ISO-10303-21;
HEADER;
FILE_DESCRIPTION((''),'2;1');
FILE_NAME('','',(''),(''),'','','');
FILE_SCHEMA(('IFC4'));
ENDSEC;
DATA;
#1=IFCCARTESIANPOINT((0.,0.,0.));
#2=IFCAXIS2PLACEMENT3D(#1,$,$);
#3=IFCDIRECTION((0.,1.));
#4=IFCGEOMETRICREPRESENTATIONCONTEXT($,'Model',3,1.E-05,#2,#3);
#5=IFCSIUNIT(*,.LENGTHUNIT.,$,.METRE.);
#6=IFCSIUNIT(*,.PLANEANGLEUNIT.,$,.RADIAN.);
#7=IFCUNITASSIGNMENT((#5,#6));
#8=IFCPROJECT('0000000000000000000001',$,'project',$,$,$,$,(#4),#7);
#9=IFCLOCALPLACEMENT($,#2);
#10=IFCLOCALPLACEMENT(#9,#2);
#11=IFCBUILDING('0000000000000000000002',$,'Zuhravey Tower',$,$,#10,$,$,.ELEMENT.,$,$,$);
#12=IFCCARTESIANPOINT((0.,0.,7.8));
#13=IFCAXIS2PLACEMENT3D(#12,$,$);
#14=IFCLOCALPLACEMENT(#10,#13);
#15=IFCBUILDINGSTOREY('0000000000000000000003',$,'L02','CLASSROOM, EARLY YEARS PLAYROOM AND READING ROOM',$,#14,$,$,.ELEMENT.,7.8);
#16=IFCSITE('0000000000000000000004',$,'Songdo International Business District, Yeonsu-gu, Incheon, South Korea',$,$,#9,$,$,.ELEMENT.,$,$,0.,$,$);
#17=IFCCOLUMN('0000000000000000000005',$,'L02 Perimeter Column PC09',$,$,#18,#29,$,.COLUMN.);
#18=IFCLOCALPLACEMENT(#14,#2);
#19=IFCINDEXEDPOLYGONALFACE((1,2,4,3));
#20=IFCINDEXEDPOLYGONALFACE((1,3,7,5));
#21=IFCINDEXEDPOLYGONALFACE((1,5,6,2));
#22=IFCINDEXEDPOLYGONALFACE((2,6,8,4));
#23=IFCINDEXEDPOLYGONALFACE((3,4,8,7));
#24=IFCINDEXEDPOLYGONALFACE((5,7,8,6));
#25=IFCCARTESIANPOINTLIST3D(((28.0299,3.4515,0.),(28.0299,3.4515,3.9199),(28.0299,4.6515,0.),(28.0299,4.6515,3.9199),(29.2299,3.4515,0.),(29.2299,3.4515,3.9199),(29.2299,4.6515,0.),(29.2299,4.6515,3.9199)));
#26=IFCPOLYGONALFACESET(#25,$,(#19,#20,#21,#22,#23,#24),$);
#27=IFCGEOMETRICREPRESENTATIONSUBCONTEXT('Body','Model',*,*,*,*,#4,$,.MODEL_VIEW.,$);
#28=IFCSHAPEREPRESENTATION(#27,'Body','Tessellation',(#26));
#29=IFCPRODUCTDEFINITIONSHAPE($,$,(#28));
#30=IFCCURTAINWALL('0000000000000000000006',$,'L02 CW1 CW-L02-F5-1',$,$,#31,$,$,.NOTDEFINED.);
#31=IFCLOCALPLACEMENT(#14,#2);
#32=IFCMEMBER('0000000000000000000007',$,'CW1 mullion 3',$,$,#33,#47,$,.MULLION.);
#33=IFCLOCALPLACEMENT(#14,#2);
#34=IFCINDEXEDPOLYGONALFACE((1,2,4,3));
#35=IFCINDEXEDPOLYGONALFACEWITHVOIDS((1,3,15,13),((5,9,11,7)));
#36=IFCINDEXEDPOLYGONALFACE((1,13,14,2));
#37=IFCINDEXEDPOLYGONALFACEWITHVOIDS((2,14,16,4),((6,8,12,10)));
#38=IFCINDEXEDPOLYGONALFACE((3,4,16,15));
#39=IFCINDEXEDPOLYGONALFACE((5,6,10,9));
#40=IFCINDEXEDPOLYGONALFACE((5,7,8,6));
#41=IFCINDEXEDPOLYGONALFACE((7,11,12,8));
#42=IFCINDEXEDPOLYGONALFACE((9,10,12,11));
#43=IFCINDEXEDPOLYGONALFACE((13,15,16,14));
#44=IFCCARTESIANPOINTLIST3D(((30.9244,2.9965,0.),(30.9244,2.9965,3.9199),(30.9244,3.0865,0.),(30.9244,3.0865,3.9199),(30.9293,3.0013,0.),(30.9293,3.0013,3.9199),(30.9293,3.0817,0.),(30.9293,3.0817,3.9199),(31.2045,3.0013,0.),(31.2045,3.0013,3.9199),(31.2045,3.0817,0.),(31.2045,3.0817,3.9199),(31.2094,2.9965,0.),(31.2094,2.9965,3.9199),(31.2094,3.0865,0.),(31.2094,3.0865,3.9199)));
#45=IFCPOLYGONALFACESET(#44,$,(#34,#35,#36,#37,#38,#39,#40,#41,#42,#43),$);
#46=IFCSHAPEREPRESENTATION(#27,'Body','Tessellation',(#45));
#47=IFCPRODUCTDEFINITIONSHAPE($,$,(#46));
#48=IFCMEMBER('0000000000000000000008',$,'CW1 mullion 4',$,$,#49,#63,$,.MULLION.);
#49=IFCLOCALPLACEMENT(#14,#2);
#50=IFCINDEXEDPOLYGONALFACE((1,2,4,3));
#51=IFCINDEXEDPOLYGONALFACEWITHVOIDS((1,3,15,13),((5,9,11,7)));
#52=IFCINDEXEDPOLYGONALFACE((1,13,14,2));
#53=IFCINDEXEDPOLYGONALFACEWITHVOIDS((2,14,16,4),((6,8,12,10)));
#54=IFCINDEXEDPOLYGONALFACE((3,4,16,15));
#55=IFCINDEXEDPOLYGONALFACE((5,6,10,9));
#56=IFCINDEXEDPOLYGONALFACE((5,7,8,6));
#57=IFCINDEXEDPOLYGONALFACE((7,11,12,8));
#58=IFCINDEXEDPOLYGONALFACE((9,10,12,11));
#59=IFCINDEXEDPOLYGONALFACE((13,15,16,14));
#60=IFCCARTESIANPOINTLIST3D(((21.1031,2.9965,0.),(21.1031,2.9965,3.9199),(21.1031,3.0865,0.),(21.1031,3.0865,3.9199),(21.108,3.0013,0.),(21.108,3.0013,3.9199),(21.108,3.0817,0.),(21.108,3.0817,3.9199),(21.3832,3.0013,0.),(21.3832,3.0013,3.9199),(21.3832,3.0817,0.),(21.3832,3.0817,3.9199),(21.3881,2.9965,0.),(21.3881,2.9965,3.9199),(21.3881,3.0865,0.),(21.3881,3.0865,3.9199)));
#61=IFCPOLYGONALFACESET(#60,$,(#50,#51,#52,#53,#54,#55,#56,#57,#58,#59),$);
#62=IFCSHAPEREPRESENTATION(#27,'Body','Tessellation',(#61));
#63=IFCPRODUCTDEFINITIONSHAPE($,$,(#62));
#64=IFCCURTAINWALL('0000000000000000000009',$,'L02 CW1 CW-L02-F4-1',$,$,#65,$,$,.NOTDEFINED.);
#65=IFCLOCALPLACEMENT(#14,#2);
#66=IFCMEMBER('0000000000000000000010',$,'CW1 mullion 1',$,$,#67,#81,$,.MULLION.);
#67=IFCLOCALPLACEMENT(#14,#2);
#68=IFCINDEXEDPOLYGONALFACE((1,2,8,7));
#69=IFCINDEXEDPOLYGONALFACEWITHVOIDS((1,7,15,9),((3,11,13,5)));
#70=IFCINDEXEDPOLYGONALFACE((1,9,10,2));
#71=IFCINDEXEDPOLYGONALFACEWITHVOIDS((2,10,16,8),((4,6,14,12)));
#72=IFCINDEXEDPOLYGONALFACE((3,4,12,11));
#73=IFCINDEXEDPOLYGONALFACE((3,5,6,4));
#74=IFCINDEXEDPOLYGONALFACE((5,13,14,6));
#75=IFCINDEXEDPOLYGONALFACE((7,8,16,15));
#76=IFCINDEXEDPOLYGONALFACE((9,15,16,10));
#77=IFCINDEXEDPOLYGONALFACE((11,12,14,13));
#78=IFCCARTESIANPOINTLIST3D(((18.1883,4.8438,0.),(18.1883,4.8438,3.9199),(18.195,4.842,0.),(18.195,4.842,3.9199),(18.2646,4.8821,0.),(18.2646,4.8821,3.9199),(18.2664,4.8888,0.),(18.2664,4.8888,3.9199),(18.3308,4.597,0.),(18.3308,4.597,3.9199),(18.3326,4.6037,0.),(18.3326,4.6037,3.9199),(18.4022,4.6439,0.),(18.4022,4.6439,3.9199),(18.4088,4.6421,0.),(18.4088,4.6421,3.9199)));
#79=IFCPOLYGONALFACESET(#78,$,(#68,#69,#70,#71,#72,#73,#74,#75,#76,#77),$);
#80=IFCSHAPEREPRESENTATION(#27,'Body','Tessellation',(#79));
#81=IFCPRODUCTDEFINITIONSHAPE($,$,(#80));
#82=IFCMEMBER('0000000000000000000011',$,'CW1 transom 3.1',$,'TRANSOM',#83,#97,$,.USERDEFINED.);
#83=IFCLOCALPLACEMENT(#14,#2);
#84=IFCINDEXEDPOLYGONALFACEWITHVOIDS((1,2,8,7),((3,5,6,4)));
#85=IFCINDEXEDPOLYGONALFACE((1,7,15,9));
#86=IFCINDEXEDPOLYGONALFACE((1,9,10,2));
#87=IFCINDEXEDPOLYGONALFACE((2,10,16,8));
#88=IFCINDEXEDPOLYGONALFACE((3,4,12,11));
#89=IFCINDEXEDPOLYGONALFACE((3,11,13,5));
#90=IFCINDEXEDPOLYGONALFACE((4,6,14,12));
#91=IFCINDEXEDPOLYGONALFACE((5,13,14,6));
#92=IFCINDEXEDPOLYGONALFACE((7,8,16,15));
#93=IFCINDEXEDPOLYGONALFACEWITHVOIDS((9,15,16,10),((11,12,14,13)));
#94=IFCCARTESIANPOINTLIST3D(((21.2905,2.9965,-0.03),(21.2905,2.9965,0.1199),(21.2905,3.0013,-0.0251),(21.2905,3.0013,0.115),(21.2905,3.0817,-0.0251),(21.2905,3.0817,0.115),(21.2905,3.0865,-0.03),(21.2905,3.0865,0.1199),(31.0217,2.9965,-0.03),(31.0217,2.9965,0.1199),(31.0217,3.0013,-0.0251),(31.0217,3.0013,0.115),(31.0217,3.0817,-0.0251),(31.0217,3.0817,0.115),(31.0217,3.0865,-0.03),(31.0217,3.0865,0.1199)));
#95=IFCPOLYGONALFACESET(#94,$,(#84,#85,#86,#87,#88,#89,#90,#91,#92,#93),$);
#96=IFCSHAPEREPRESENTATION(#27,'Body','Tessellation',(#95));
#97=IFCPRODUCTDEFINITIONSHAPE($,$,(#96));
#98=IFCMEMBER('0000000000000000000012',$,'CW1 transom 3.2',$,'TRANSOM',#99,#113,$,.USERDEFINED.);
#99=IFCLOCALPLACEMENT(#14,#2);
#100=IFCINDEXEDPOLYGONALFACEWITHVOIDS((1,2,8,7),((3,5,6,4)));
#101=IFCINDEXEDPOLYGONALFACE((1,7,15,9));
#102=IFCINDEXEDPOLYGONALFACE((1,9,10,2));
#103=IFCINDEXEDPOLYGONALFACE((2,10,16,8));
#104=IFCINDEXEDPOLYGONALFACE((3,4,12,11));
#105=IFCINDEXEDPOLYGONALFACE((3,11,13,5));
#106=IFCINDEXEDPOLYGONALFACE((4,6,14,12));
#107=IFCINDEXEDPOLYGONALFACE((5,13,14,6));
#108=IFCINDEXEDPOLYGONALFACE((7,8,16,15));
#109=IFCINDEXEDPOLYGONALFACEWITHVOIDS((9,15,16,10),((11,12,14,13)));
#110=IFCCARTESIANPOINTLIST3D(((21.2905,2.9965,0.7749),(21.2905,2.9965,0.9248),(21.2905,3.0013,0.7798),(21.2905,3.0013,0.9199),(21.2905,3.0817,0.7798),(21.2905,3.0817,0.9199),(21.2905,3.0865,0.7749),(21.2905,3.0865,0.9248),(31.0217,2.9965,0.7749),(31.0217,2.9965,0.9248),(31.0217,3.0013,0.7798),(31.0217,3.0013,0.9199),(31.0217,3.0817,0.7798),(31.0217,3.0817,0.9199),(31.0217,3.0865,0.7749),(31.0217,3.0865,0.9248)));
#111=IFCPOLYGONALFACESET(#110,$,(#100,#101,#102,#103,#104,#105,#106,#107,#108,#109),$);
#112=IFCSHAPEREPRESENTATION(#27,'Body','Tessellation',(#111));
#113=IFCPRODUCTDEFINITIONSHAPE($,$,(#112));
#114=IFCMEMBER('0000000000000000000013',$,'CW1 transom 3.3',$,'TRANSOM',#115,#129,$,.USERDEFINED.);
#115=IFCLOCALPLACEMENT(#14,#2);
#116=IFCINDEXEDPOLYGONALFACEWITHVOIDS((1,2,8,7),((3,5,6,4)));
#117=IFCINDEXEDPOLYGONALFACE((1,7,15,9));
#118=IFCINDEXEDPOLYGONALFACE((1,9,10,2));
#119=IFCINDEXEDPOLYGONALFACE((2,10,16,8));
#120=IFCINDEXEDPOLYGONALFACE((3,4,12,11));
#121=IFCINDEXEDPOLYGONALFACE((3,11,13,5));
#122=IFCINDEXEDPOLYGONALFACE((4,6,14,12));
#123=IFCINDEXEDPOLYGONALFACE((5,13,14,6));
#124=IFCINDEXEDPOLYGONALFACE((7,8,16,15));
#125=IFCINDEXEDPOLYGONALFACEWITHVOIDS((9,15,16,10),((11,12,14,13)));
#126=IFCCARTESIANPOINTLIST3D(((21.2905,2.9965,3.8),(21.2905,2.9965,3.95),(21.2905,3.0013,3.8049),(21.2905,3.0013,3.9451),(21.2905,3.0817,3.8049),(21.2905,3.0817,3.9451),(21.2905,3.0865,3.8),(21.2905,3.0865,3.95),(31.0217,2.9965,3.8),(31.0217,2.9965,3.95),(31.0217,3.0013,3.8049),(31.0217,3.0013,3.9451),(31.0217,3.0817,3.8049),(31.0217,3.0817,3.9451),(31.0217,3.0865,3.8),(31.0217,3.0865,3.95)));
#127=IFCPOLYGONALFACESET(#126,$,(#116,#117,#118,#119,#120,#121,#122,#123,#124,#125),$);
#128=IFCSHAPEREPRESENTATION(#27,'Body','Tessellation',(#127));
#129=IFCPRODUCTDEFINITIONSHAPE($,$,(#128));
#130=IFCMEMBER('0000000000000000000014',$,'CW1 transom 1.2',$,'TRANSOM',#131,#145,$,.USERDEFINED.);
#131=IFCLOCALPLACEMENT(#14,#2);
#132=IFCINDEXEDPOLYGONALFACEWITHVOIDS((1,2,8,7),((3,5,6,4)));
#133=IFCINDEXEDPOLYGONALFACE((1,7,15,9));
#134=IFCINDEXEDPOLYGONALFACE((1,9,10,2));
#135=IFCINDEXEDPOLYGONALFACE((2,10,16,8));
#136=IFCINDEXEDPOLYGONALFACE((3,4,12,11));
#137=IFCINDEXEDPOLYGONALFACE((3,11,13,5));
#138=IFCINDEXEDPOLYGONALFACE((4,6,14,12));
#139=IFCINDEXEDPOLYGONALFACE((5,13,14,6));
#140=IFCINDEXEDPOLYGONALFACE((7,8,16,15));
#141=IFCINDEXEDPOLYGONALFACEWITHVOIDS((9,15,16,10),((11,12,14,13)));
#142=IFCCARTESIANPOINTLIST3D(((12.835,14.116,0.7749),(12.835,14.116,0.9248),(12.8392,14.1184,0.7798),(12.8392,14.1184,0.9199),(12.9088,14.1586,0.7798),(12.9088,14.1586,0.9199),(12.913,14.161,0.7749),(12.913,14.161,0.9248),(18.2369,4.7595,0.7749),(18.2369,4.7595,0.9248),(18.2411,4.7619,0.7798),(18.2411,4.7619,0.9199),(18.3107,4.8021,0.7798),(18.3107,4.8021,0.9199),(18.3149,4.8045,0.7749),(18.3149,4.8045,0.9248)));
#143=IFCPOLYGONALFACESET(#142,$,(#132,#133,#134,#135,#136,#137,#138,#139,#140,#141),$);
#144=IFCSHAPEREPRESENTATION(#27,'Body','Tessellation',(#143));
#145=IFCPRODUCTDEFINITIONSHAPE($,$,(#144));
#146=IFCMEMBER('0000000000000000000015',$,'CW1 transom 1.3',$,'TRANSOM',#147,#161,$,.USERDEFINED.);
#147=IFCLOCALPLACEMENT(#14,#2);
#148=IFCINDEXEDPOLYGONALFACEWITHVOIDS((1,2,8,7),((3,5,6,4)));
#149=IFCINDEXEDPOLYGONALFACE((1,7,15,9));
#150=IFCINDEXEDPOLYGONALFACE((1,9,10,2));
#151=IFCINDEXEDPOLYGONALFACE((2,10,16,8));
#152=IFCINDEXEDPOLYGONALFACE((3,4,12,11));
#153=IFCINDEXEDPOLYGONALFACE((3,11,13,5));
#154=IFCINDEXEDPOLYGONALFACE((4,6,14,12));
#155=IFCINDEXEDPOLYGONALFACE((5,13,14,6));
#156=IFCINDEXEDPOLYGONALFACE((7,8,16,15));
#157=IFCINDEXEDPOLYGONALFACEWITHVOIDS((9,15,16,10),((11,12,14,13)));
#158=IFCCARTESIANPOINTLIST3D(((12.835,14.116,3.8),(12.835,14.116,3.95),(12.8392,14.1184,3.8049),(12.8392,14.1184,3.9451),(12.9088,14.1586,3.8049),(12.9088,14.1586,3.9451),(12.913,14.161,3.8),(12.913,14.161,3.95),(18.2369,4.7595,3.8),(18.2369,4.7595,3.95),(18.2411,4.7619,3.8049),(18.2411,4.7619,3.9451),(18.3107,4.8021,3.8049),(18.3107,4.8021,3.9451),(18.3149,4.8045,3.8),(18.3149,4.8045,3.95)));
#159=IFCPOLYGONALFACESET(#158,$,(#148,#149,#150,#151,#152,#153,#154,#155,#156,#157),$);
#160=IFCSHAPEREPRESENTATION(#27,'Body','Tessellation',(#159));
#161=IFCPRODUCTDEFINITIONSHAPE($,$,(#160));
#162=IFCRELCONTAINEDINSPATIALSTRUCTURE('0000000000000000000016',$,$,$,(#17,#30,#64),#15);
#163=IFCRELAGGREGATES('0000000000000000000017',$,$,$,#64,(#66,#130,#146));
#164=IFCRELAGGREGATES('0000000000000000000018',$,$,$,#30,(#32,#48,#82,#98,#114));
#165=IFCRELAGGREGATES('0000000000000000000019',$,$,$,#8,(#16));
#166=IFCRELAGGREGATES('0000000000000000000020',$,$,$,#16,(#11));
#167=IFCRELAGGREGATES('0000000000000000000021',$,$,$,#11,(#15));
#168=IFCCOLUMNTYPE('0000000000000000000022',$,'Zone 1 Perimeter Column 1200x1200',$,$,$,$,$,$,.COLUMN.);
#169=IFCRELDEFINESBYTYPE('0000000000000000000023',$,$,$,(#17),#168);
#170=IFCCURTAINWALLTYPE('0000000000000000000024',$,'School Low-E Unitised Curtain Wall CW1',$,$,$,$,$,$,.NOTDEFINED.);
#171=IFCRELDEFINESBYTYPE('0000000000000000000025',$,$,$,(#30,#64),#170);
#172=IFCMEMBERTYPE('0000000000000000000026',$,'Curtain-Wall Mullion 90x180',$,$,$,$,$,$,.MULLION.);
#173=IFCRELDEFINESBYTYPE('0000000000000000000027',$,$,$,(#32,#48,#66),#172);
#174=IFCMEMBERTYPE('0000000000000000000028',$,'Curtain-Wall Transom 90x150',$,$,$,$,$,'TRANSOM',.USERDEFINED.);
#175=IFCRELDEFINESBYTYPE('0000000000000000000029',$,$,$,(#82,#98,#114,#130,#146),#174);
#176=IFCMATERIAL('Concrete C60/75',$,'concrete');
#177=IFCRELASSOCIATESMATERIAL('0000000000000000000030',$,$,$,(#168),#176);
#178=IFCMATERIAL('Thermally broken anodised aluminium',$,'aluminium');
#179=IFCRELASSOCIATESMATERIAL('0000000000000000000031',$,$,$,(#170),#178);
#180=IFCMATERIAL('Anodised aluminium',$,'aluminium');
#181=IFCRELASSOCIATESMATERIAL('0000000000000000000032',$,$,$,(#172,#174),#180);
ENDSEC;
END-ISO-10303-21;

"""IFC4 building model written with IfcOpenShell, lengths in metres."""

from ifc_helpers import new_model, si_unit, direction, frame, origin, origin_2d, place, context, subcontext, project, spatial, rectangle, hollow_rectangle, extrude, material, material_profile, profile_set, type_object, element, aggregate, save


model = new_model("IFC4")

# Units and contexts
model_context = context("Model", 3, precision=1e-05, world=origin(), true_north=direction((0.0, 1.0)))
body_context = subcontext(model_context, "Body", "Model", "MODEL_VIEW")
ifc_project = project(units=[si_unit("LENGTHUNIT", "METRE"), si_unit("PLANEANGLEUNIT", "RADIAN")], contexts=[model_context])

# Site, building, storey
site_placement = place(None, origin())
site = spatial("IfcSite", under=ifc_project, at=site_placement, Name="Songdo International Business District, Yeonsu-gu, Incheon, South Korea", CompositionType="ELEMENT", RefElevation=0.0)
building_placement = place(site_placement, origin())
building = spatial("IfcBuilding", under=site, at=building_placement, Name="Zuhravey Tower", CompositionType="ELEMENT")
storey_placement = place(building_placement, frame((0.0, 0.0, 7.8)))
storey = spatial("IfcBuildingStorey", under=building, at=storey_placement, Name="L02", Description="CLASSROOM, EARLY YEARS PLAYROOM AND READING ROOM", CompositionType="ELEMENT", Elevation=7.8)

# Column
ifc_material_1 = material(Name="Concrete C60/75", Category="concrete")
ifc_material_profile_1 = material_profile(ifc_material_1, rectangle(XDim=1.2, YDim=1.2, at=origin_2d()), Name="RC-1200x1200")
ifc_profile_set_1 = profile_set([ifc_material_profile_1], Name="Concrete C60/75")
column_type = type_object("IfcColumnType", Name="Zone 1 Perimeter Column 1200x1200", PredefinedType="COLUMN", material=ifc_profile_set_1)
column_placement = place(storey_placement, frame((28.6299, 4.0515, 0.0), z_axis=(0.0, 0.0, 1.0), x_axis=(1.0, 0.0, 0.0)))
element("IfcColumn", 1, at=column_placement, inside=storey, type_object=column_type, Name="L02 Perimeter Column PC09", PredefinedType="COLUMN", context=body_context, shape_type="SweptSolid", body=[
    extrude(rectangle(XDim=1.2, YDim=1.2, at=origin_2d()), origin(), (0.0, 0.0, 1.0), 3.9199),
])

# Curtain wall, members
ifc_material_2 = material(Name="Thermally broken anodised aluminium", Category="aluminium")
curtain_wall_type = type_object("IfcCurtainWallType", Name="School Low-E Unitised Curtain Wall CW1", PredefinedType="NOTDEFINED", material=ifc_material_2)
curtain_wall_1_placement = place(storey_placement, origin())
curtain_wall_1 = element("IfcCurtainWall", 2, at=curtain_wall_1_placement, inside=storey, type_object=curtain_wall_type, Name="L02 CW1 CW-L02-F5-1", PredefinedType="NOTDEFINED")
ifc_material_3 = material(Name="Anodised aluminium", Category="aluminium")
ifc_material_profile_2 = material_profile(ifc_material_3, hollow_rectangle(XDim=0.0901, YDim=0.2849, WallThickness=0.0049, at=origin_2d()), Name="ALU-RHS-90x285x5")
ifc_profile_set_2 = profile_set([ifc_material_profile_2], Name="Anodised aluminium")
member_type_1 = type_object("IfcMemberType", Name="Curtain-Wall Mullion 90x180", PredefinedType="MULLION", material=ifc_profile_set_2)
member_1_placement = place(storey_placement, frame((31.0669, 3.0415, 0.0), z_axis=(0.0, 0.0, 1.0), x_axis=(0.0, -1.0, 0.0)))
member_1 = element("IfcMember", 3, at=member_1_placement, type_object=member_type_1, Name="CW1 mullion 3", PredefinedType="MULLION", context=body_context, shape_type="SweptSolid", body=[
    extrude(hollow_rectangle(XDim=0.0901, YDim=0.2849, WallThickness=0.0049, at=origin_2d()), origin(), (0.0, 0.0, 1.0), 3.9199),
])
member_2_placement = place(storey_placement, frame((21.2456, 3.0415, 0.0), z_axis=(0.0, 0.0, 1.0), x_axis=(0.0, -1.0, 0.0)))
member_2 = element("IfcMember", 4, at=member_2_placement, type_object=member_type_1, Name="CW1 mullion 4", PredefinedType="MULLION", context=body_context, shape_type="SweptSolid", body=[
    extrude(hollow_rectangle(XDim=0.0901, YDim=0.2849, WallThickness=0.0049, at=origin_2d()), origin(), (0.0, 0.0, 1.0), 3.9199),
])

# Curtain wall, member
curtain_wall_2_placement = place(storey_placement, origin())
curtain_wall_2 = element("IfcCurtainWall", 5, at=curtain_wall_2_placement, inside=storey, type_object=curtain_wall_type, Name="L02 CW1 CW-L02-F4-1", PredefinedType="NOTDEFINED")
member_3_placement = place(storey_placement, frame((18.2986, 4.7429, 0.0), z_axis=(0.0, 0.0, 1.0), x_axis=(-0.866027, -0.499998, 0.0)))
member_3 = element("IfcMember", 6, at=member_3_placement, type_object=member_type_1, Name="CW1 mullion 1", PredefinedType="MULLION", context=body_context, shape_type="SweptSolid", body=[
    extrude(hollow_rectangle(XDim=0.0901, YDim=0.2849, WallThickness=0.0049, at=origin_2d()), origin(), (0.0, 0.0, 1.0), 3.9199),
])

# Members
ifc_material_profile_3 = material_profile(ifc_material_3, hollow_rectangle(XDim=0.0901, YDim=0.1499, WallThickness=0.0049, at=origin_2d()), Name="ALU-RHS-90x150x5")
ifc_profile_set_3 = profile_set([ifc_material_profile_3], Name="Anodised aluminium")
member_type_2 = type_object("IfcMemberType", Name="Curtain-Wall Transom 90x150", ElementType="TRANSOM", PredefinedType="USERDEFINED", material=ifc_profile_set_3)
member_4_placement = place(storey_placement, frame((31.0217, 3.0415, 0.0449), z_axis=(-1.0, 0.0, 0.0), x_axis=(0.0, -1.0, 0.0)))
member_4 = element("IfcMember", 7, at=member_4_placement, type_object=member_type_2, Name="CW1 transom 3.1", ObjectType="TRANSOM", PredefinedType="USERDEFINED", context=body_context, shape_type="SweptSolid", body=[
    extrude(hollow_rectangle(XDim=0.0901, YDim=0.1499, WallThickness=0.0049, at=origin_2d()), origin(), (0.0, 0.0, 1.0), 9.7312),
])
member_5_placement = place(storey_placement, frame((31.0217, 3.0415, 0.8499), z_axis=(-1.0, 0.0, 0.0), x_axis=(0.0, -1.0, 0.0)))
member_5 = element("IfcMember", 8, at=member_5_placement, type_object=member_type_2, Name="CW1 transom 3.2", ObjectType="TRANSOM", PredefinedType="USERDEFINED", context=body_context, shape_type="SweptSolid", body=[
    extrude(hollow_rectangle(XDim=0.0901, YDim=0.1499, WallThickness=0.0049, at=origin_2d()), origin(), (0.0, 0.0, 1.0), 9.7312),
])
member_6_placement = place(storey_placement, frame((31.0217, 3.0415, 3.875), z_axis=(-1.0, 0.0, 0.0), x_axis=(0.0, -1.0, 0.0)))
member_6 = element("IfcMember", 9, at=member_6_placement, type_object=member_type_2, Name="CW1 transom 3.3", ObjectType="TRANSOM", PredefinedType="USERDEFINED", context=body_context, shape_type="SweptSolid", body=[
    extrude(hollow_rectangle(XDim=0.0901, YDim=0.1499, WallThickness=0.0049, at=origin_2d()), origin(), (0.0, 0.0, 1.0), 9.7312),
])
member_7_placement = place(storey_placement, frame((18.2759, 4.782, 0.8499), z_axis=(-0.499994, 0.866029, 0.0), x_axis=(-0.866029, -0.499994, 0.0)))
member_7 = element("IfcMember", 10, at=member_7_placement, type_object=member_type_2, Name="CW1 transom 1.2", ObjectType="TRANSOM", PredefinedType="USERDEFINED", context=body_context, shape_type="SweptSolid", body=[
    extrude(hollow_rectangle(XDim=0.0901, YDim=0.1499, WallThickness=0.0049, at=origin_2d()), origin(), (0.0, 0.0, 1.0), 10.804),
])
member_8_placement = place(storey_placement, frame((18.2759, 4.782, 3.875), z_axis=(-0.499994, 0.866029, 0.0), x_axis=(-0.866029, -0.499994, 0.0)))
member_8 = element("IfcMember", 11, at=member_8_placement, type_object=member_type_2, Name="CW1 transom 1.3", ObjectType="TRANSOM", PredefinedType="USERDEFINED", context=body_context, shape_type="SweptSolid", body=[
    extrude(hollow_rectangle(XDim=0.0901, YDim=0.1499, WallThickness=0.0049, at=origin_2d()), origin(), (0.0, 0.0, 1.0), 10.804),
])
aggregate(curtain_wall_2, [member_3, member_7, member_8])

aggregate(curtain_wall_1, [member_1, member_2, member_4, member_5, member_6])

save(model, "model.ifc")
